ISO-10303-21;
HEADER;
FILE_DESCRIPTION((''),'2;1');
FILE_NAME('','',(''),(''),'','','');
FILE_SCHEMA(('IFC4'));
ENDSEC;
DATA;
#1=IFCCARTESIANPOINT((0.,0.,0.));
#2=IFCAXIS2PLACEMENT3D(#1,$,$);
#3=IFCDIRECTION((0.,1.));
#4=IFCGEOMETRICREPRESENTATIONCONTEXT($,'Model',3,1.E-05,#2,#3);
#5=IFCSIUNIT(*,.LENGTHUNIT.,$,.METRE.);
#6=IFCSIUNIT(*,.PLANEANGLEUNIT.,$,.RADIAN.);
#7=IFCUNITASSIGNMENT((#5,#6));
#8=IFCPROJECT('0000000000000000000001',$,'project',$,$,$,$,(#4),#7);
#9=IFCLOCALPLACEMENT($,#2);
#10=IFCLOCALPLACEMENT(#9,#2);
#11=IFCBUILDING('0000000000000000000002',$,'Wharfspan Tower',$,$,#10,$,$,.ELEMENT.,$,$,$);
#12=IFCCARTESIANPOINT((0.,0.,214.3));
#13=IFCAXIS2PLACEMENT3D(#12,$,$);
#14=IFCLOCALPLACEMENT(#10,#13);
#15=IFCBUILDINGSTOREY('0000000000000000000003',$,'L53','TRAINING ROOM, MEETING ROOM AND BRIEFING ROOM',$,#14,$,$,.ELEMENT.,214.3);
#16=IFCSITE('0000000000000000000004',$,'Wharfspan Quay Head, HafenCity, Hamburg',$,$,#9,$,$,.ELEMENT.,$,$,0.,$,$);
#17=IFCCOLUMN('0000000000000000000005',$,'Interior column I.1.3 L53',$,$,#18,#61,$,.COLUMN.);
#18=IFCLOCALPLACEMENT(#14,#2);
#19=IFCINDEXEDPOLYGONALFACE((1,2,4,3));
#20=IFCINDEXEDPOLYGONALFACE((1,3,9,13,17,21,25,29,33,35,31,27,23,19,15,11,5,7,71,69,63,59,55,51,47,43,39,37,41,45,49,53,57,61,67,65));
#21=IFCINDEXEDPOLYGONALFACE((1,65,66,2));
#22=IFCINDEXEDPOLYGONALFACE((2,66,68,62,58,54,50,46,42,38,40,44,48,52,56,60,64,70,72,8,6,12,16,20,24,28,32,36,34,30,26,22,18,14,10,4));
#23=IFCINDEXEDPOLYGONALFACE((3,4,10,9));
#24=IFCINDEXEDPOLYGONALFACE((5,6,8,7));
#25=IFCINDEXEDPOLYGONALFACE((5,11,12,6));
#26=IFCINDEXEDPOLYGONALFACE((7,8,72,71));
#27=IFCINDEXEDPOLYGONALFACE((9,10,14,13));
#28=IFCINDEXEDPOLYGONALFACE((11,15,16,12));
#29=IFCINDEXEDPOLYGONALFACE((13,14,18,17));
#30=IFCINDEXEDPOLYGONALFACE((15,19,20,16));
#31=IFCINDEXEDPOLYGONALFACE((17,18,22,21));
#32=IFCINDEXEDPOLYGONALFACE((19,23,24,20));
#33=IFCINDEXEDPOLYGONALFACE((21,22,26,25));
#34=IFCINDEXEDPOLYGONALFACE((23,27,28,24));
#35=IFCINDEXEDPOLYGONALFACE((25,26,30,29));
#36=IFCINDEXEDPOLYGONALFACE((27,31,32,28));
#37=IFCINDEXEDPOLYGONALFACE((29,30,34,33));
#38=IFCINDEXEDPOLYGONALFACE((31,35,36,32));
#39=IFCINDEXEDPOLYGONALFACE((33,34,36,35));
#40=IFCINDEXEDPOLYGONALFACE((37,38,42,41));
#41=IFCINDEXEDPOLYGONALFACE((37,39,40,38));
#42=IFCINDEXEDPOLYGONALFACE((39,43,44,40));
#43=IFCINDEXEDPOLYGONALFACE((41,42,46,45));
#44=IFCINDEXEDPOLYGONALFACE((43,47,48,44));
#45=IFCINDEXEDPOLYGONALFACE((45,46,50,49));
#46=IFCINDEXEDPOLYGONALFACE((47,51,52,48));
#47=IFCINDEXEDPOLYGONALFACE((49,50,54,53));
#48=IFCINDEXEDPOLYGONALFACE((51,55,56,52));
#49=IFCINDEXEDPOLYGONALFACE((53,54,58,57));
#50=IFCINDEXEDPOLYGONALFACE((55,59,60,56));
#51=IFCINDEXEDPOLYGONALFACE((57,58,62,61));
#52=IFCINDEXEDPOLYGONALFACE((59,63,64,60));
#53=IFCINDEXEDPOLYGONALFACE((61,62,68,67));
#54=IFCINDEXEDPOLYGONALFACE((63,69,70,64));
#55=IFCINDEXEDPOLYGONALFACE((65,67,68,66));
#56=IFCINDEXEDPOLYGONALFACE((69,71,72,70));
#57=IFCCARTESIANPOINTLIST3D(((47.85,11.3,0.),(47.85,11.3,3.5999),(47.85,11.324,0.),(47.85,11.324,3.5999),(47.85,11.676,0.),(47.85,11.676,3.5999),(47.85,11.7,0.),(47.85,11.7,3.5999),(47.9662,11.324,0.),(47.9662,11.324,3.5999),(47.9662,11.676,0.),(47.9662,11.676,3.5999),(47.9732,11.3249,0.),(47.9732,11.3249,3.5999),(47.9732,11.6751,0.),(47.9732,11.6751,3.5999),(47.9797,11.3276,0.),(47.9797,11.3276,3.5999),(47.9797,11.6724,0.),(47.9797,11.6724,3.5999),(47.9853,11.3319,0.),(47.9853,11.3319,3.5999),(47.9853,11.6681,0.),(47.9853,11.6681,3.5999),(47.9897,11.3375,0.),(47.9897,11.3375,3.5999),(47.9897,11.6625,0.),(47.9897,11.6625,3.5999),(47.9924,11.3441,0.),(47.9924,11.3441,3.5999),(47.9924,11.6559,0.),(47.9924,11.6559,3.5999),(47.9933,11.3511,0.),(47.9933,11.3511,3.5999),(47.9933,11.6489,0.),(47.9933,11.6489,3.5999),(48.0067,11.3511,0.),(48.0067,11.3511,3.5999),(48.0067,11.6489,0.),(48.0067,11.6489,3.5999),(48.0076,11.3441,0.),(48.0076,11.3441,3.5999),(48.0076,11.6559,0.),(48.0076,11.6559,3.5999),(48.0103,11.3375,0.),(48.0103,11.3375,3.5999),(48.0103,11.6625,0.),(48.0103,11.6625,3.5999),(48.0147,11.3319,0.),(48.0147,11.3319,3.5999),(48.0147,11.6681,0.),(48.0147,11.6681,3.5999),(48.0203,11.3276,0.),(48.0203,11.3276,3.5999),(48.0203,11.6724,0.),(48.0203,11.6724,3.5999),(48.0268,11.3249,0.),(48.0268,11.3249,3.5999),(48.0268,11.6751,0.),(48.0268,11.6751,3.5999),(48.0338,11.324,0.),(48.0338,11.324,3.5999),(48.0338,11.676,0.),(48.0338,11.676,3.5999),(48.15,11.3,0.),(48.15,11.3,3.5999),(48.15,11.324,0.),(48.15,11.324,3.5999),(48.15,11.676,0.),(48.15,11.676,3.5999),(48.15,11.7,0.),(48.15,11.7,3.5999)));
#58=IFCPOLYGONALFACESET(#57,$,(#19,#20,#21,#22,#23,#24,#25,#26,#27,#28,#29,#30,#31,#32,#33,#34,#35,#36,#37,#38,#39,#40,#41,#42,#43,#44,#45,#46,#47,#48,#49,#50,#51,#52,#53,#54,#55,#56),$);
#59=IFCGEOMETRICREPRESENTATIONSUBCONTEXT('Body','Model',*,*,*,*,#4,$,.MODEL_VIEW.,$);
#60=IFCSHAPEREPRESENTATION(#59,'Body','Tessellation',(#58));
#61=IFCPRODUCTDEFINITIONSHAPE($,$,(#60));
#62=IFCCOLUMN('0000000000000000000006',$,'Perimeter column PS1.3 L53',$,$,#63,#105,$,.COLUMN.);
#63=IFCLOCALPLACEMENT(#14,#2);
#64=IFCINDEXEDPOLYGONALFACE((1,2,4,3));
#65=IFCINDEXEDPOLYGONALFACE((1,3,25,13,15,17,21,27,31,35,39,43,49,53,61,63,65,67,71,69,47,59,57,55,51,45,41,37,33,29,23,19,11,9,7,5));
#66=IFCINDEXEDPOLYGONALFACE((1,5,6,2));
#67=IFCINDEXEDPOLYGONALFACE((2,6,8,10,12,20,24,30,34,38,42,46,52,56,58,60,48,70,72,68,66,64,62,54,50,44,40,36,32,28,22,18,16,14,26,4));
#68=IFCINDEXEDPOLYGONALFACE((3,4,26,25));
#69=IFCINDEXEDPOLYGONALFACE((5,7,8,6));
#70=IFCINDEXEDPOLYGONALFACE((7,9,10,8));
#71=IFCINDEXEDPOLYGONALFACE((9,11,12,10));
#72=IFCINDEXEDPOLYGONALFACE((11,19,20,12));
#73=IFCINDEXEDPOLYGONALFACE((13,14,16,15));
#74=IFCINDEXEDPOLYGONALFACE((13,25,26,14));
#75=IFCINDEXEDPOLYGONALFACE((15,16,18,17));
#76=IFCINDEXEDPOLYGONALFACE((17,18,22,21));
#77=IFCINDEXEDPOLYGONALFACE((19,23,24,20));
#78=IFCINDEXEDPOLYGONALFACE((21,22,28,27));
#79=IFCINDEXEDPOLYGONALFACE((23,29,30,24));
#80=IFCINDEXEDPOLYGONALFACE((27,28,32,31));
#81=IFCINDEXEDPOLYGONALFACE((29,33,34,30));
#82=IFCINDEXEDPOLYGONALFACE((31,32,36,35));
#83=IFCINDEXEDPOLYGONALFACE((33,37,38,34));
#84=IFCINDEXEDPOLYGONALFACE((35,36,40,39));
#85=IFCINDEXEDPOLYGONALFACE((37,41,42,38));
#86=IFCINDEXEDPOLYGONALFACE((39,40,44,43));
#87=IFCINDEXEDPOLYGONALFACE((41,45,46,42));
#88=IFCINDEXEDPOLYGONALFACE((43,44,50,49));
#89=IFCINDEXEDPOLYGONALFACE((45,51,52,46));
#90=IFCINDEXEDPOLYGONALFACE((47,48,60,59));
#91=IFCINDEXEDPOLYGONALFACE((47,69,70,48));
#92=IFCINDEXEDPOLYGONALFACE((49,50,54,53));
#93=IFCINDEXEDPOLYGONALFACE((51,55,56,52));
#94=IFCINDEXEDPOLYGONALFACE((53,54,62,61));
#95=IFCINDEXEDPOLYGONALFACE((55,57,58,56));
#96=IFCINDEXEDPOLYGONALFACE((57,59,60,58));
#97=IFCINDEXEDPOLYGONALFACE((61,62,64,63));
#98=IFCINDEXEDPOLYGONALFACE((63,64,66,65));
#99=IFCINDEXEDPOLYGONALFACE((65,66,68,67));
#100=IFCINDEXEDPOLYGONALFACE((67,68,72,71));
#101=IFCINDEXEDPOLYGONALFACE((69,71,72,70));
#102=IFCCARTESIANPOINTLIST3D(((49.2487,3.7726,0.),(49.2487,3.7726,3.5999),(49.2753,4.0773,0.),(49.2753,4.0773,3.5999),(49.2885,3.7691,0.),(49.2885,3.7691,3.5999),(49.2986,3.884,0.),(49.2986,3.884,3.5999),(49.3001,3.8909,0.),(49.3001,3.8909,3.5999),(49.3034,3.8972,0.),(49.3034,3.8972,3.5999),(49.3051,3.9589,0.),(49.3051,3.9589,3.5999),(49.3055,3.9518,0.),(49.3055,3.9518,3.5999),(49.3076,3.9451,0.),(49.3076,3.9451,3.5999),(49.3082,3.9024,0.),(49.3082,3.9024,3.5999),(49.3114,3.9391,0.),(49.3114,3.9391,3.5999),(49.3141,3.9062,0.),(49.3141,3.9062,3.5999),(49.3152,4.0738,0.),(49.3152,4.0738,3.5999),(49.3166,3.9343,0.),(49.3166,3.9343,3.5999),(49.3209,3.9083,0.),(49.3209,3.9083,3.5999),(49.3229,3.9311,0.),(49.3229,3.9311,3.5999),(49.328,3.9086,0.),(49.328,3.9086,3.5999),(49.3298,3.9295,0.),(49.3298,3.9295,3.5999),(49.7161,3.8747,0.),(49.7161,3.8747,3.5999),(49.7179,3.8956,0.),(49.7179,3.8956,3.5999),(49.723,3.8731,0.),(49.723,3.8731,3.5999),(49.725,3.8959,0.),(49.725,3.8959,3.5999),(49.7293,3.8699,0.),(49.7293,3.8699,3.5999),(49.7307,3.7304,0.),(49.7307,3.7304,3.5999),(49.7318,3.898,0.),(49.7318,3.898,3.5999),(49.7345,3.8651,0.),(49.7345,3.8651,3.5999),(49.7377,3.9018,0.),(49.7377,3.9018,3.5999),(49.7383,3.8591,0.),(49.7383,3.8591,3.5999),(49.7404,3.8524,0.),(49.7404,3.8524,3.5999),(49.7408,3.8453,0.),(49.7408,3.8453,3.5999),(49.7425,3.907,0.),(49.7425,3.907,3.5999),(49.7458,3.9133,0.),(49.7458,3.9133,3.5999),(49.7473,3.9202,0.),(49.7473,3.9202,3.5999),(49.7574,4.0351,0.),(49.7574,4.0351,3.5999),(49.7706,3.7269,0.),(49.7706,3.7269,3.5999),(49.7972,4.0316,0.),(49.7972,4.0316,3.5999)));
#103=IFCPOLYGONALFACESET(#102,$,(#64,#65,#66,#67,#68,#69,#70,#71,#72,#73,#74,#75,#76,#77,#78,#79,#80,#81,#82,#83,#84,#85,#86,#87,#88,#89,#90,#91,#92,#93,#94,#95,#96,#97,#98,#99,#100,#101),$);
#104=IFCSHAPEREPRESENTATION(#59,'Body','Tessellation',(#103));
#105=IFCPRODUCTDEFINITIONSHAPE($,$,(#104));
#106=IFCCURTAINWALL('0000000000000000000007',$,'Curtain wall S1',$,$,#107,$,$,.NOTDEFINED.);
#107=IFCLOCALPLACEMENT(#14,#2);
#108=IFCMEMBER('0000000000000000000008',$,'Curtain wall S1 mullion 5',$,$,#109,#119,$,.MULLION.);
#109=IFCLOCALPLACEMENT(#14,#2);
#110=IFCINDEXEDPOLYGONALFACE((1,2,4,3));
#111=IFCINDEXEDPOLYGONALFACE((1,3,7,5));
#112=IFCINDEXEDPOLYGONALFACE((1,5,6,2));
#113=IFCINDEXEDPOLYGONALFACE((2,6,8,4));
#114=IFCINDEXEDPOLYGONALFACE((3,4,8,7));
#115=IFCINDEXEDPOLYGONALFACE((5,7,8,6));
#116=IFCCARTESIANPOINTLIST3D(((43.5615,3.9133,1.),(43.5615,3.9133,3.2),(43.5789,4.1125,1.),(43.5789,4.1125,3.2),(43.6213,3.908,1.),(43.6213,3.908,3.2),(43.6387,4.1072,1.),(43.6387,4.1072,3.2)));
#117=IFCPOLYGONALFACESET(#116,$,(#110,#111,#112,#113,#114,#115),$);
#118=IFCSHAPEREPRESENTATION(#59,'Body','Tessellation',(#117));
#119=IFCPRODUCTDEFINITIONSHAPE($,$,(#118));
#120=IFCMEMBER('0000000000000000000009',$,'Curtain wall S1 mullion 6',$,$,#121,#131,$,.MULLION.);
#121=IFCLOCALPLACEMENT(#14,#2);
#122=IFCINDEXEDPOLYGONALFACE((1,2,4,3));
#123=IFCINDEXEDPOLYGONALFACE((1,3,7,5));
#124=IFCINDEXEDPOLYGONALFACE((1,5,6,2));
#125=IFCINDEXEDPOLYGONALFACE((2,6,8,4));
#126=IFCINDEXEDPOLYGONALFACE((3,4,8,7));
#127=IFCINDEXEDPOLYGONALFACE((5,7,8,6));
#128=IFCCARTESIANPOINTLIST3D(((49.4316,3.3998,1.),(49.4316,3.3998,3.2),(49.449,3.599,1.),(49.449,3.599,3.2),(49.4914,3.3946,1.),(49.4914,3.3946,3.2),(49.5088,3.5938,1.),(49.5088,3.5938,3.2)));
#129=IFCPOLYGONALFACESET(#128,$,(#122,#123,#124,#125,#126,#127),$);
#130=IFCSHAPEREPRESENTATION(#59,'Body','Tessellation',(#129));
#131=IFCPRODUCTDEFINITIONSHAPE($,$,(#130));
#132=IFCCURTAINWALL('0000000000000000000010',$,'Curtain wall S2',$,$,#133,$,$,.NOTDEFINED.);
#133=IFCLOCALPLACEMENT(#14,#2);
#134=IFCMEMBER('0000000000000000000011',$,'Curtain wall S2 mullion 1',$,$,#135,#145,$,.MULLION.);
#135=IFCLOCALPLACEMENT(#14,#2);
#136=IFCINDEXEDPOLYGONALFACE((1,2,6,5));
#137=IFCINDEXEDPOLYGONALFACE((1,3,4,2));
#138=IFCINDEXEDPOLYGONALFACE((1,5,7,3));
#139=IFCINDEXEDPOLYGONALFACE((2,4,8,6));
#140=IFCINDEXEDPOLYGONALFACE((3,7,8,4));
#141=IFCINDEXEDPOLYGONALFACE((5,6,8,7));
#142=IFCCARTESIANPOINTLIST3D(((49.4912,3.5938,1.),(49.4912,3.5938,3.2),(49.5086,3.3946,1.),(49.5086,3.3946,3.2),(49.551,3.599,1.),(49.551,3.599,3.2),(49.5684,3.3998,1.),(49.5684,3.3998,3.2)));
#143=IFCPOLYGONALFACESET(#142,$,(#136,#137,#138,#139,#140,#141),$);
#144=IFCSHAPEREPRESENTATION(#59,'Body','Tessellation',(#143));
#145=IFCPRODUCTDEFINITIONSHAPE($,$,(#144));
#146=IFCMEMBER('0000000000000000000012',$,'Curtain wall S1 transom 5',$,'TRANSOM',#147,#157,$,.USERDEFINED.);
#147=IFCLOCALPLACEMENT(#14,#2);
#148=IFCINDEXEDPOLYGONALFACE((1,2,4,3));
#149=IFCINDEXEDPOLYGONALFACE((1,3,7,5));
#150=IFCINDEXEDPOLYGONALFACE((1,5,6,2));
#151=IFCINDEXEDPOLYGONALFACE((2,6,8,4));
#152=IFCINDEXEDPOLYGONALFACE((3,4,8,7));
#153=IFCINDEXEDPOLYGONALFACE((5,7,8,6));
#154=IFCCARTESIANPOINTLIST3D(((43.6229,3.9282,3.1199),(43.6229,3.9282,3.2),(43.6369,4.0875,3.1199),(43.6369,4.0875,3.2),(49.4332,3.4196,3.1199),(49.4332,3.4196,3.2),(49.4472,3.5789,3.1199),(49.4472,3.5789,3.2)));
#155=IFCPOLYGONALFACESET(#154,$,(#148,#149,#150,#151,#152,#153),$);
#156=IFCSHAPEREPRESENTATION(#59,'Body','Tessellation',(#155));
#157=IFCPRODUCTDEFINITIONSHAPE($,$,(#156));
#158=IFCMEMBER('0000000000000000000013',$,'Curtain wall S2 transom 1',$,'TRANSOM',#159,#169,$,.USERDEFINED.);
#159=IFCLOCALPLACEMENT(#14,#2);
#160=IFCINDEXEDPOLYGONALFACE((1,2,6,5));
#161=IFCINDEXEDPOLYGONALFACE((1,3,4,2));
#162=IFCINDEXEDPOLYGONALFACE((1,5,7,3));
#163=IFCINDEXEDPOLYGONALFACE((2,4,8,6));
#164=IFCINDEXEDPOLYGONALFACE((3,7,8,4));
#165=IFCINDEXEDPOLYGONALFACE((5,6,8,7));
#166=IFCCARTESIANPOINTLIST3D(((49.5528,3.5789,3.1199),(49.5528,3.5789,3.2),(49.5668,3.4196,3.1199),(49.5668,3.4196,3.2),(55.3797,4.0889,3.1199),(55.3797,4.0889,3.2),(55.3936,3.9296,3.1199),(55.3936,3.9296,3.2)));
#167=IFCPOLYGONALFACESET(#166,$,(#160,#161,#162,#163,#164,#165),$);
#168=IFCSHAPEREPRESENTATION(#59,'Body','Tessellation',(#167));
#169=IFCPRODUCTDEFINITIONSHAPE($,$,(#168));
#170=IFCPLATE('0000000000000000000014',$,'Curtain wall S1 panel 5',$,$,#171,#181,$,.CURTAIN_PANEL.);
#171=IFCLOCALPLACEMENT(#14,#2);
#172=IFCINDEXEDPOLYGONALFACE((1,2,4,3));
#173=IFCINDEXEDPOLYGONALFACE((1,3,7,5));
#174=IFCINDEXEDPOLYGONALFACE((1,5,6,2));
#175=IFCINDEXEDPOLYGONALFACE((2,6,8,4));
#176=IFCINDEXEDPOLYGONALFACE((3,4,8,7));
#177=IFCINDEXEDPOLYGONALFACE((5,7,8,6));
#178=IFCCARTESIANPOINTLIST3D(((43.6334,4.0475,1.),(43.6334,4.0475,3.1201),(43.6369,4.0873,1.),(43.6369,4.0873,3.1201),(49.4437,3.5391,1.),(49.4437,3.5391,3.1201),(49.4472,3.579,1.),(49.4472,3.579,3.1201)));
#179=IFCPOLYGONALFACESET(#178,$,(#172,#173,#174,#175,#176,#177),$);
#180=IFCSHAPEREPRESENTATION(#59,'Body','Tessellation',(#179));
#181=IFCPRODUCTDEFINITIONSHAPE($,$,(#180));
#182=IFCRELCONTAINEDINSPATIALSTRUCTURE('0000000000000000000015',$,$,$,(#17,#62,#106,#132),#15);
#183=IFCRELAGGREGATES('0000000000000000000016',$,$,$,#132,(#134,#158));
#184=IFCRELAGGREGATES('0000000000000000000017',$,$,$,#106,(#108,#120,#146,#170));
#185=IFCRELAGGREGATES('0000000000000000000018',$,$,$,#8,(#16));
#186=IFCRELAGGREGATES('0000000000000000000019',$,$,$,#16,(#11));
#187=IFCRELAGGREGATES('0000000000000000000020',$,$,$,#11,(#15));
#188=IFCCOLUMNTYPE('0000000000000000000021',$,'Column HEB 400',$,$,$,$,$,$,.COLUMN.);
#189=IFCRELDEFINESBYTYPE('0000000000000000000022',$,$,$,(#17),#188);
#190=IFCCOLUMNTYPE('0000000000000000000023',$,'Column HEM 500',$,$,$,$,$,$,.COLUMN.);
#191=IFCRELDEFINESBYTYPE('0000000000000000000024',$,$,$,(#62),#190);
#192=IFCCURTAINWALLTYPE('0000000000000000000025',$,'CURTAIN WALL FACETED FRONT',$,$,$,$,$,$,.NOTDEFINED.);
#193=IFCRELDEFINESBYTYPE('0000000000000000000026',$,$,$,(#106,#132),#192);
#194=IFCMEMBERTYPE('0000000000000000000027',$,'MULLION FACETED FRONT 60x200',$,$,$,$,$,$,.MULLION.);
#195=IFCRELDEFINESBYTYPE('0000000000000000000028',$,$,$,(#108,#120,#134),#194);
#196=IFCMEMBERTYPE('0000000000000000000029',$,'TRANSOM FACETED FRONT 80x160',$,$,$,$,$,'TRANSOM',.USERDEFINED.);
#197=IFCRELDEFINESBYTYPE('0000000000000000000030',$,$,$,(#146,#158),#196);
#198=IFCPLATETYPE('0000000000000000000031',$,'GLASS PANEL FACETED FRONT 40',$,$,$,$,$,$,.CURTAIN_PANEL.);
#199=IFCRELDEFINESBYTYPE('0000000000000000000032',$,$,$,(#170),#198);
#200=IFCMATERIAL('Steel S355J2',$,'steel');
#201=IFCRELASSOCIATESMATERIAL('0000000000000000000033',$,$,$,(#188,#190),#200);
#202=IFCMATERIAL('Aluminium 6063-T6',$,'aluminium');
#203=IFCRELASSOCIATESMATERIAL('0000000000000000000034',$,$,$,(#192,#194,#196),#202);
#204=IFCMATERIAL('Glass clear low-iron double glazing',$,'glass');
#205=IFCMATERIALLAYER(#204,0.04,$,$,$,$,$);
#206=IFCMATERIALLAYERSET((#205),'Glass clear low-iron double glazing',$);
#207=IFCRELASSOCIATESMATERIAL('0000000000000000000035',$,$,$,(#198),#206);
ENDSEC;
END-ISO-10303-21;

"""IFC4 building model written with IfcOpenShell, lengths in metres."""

from ifc_helpers import new_model, si_unit, direction, frame, origin, origin_2d, place, context, subcontext, project, spatial, rectangle, i_section, extrude, material, layer, layer_set, material_profile, profile_set, type_object, element, aggregate, save


model = new_model("IFC4")

# Units and contexts
model_context = context("Model", 3, precision=1e-05, world=origin(), true_north=direction((0.0, 1.0)))
body_context = subcontext(model_context, "Body", "Model", "MODEL_VIEW")
ifc_project = project(units=[si_unit("LENGTHUNIT", "METRE"), si_unit("PLANEANGLEUNIT", "RADIAN")], contexts=[model_context])

# Site, building, storey
site_placement = place(None, origin())
site = spatial("IfcSite", under=ifc_project, at=site_placement, Name="Wharfspan Quay Head, HafenCity, Hamburg", CompositionType="ELEMENT", RefElevation=0.0)
building_placement = place(site_placement, origin())
building = spatial("IfcBuilding", under=site, at=building_placement, Name="Wharfspan Tower", CompositionType="ELEMENT")
storey_placement = place(building_placement, frame((0.0, 0.0, 214.3)))
storey = spatial("IfcBuildingStorey", under=building, at=storey_placement, Name="L53", Description="TRAINING ROOM, MEETING ROOM AND BRIEFING ROOM", CompositionType="ELEMENT", Elevation=214.3)

# Columns
ifc_material_1 = material(Name="Steel S355J2", Category="steel")
ifc_material_profile_1 = material_profile(ifc_material_1, i_section(OverallWidth=0.3, OverallDepth=0.3999, WebThickness=0.0134, FlangeThickness=0.0239, FilletRadius=0.0271, at=origin_2d()))
ifc_profile_set_1 = profile_set([ifc_material_profile_1], Name="Steel S355J2")
column_type_1 = type_object("IfcColumnType", Name="Column HEB 400", PredefinedType="COLUMN", material=ifc_profile_set_1)
column_1_placement = place(storey_placement, frame((48.0, 11.5, 0.0), z_axis=(0.0, 0.0, 1.0), x_axis=(1.0, 0.0, 0.0)))
element("IfcColumn", 1, at=column_1_placement, inside=storey, type_object=column_type_1, Name="Interior column I.1.3 L53", PredefinedType="COLUMN", context=body_context, shape_type="SweptSolid", body=[
    extrude(i_section(OverallWidth=0.3, OverallDepth=0.3999, WebThickness=0.0134, FlangeThickness=0.0239, FilletRadius=0.0271, at=origin_2d()), origin(), (0.0, 0.0, 1.0), 3.5999),
])
ifc_material_profile_2 = material_profile(ifc_material_1, i_section(OverallWidth=0.3059, OverallDepth=0.5239, WebThickness=0.021, FlangeThickness=0.04, FilletRadius=0.0271, at=origin_2d()))
ifc_profile_set_2 = profile_set([ifc_material_profile_2], Name="Steel S355J2")
column_type_2 = type_object("IfcColumnType", Name="Column HEM 500", PredefinedType="COLUMN", material=ifc_profile_set_2)
column_2_placement = place(storey_placement, frame((49.5229, 3.9021, 0.0), z_axis=(0.0, 0.0, 1.0), x_axis=(-0.087156, -0.996197, 0.0)))
element("IfcColumn", 2, at=column_2_placement, inside=storey, type_object=column_type_2, Name="Perimeter column PS1.3 L53", PredefinedType="COLUMN", context=body_context, shape_type="SweptSolid", body=[
    extrude(i_section(OverallWidth=0.3059, OverallDepth=0.5239, WebThickness=0.021, FlangeThickness=0.04, FilletRadius=0.0271, at=origin_2d()), origin(), (0.0, 0.0, 1.0), 3.5999),
])

# Curtain wall, members
ifc_material_2 = material(Name="Aluminium 6063-T6", Category="aluminium")
curtain_wall_type = type_object("IfcCurtainWallType", Name="CURTAIN WALL FACETED FRONT", PredefinedType="NOTDEFINED", material=ifc_material_2)
curtain_wall_1_placement = place(storey_placement, origin())
curtain_wall_1 = element("IfcCurtainWall", 3, at=curtain_wall_1_placement, inside=storey, type_object=curtain_wall_type, Name="Curtain wall S1", PredefinedType="NOTDEFINED")
ifc_material_profile_3 = material_profile(ifc_material_2, rectangle(XDim=0.2, YDim=0.0601, at=origin_2d()))
ifc_profile_set_3 = profile_set([ifc_material_profile_3], Name="Aluminium 6063-T6")
member_type_1 = type_object("IfcMemberType", Name="MULLION FACETED FRONT 60x200", PredefinedType="MULLION", material=ifc_profile_set_3)
member_1_placement = place(storey_placement, frame((43.6001, 4.0103, 1.0), z_axis=(0.0, 0.0, 1.0), x_axis=(0.087156, 0.996197, 0.0)))
member_1 = element("IfcMember", 4, at=member_1_placement, type_object=member_type_1, Name="Curtain wall S1 mullion 5", PredefinedType="MULLION", context=body_context, shape_type="SweptSolid", body=[
    extrude(rectangle(XDim=0.2, YDim=0.0601, at=origin_2d()), origin(), (0.0, 0.0, 1.0), 2.2),
])
member_2_placement = place(storey_placement, frame((49.4702, 3.4968, 1.0), z_axis=(0.0, 0.0, 1.0), x_axis=(0.087156, 0.996197, 0.0)))
member_2 = element("IfcMember", 5, at=member_2_placement, type_object=member_type_1, Name="Curtain wall S1 mullion 6", PredefinedType="MULLION", context=body_context, shape_type="SweptSolid", body=[
    extrude(rectangle(XDim=0.2, YDim=0.0601, at=origin_2d()), origin(), (0.0, 0.0, 1.0), 2.2),
])

# Curtain wall, member
curtain_wall_2_placement = place(storey_placement, origin())
curtain_wall_2 = element("IfcCurtainWall", 6, at=curtain_wall_2_placement, inside=storey, type_object=curtain_wall_type, Name="Curtain wall S2", PredefinedType="NOTDEFINED")
member_3_placement = place(storey_placement, frame((49.5298, 3.4968, 1.0), z_axis=(0.0, 0.0, 1.0), x_axis=(-0.087156, 0.996197, 0.0)))
member_3 = element("IfcMember", 7, at=member_3_placement, type_object=member_type_1, Name="Curtain wall S2 mullion 1", PredefinedType="MULLION", context=body_context, shape_type="SweptSolid", body=[
    extrude(rectangle(XDim=0.2, YDim=0.0601, at=origin_2d()), origin(), (0.0, 0.0, 1.0), 2.2),
])

# Members
ifc_material_profile_4 = material_profile(ifc_material_2, rectangle(XDim=0.1599, YDim=0.0801, at=origin_2d()))
ifc_profile_set_4 = profile_set([ifc_material_profile_4], Name="Aluminium 6063-T6")
member_type_2 = type_object("IfcMemberType", Name="TRANSOM FACETED FRONT 80x160", ElementType="TRANSOM", PredefinedType="USERDEFINED", material=ifc_profile_set_4)
member_4_placement = place(storey_placement, frame((43.6299, 4.0078, 3.1599), z_axis=(0.996192, -0.087191, 0.0), x_axis=(0.087191, 0.996192, 0.0)))
member_4 = element("IfcMember", 8, at=member_4_placement, type_object=member_type_2, Name="Curtain wall S1 transom 5", ObjectType="TRANSOM", PredefinedType="USERDEFINED", context=body_context, shape_type="SweptSolid", body=[
    extrude(rectangle(XDim=0.1599, YDim=0.0801, at=origin_2d()), origin(), (0.0, 0.0, 1.0), 5.8325),
])
member_5_placement = place(storey_placement, frame((49.5598, 3.4993, 3.1599), z_axis=(0.996191, 0.087193, 0.0), x_axis=(-0.087193, 0.996191, 0.0)))
member_5 = element("IfcMember", 9, at=member_5_placement, type_object=member_type_2, Name="Curtain wall S2 transom 1", ObjectType="TRANSOM", PredefinedType="USERDEFINED", context=body_context, shape_type="SweptSolid", body=[
    extrude(rectangle(XDim=0.1599, YDim=0.0801, at=origin_2d()), origin(), (0.0, 0.0, 1.0), 5.8491),
])
aggregate(curtain_wall_2, [member_3, member_5])

# Plate
ifc_material_3 = material(Name="Glass clear low-iron double glazing", Category="glass")
ifc_layer_1 = layer(ifc_material_3, 0.04)
ifc_layer_set_1 = layer_set([ifc_layer_1], Name="Glass clear low-iron double glazing")
plate_type = type_object("IfcPlateType", Name="GLASS PANEL FACETED FRONT 40", PredefinedType="CURTAIN_PANEL", material=ifc_layer_set_1)
plate_placement = place(storey_placement, frame((46.5403, 3.8132, 1.0), z_axis=(0.0, 0.0, 1.0), x_axis=(0.996197, -0.087156, 0.0)))
plate = element("IfcPlate", 10, at=plate_placement, type_object=plate_type, Name="Curtain wall S1 panel 5", PredefinedType="CURTAIN_PANEL", context=body_context, shape_type="SweptSolid", body=[
    extrude(rectangle(XDim=5.8325, YDim=0.04, at=origin_2d()), origin(), (0.0, 0.0, 1.0), 2.1201),
])
aggregate(curtain_wall_1, [member_1, member_2, member_4, plate])

save(model, "model.ifc")
